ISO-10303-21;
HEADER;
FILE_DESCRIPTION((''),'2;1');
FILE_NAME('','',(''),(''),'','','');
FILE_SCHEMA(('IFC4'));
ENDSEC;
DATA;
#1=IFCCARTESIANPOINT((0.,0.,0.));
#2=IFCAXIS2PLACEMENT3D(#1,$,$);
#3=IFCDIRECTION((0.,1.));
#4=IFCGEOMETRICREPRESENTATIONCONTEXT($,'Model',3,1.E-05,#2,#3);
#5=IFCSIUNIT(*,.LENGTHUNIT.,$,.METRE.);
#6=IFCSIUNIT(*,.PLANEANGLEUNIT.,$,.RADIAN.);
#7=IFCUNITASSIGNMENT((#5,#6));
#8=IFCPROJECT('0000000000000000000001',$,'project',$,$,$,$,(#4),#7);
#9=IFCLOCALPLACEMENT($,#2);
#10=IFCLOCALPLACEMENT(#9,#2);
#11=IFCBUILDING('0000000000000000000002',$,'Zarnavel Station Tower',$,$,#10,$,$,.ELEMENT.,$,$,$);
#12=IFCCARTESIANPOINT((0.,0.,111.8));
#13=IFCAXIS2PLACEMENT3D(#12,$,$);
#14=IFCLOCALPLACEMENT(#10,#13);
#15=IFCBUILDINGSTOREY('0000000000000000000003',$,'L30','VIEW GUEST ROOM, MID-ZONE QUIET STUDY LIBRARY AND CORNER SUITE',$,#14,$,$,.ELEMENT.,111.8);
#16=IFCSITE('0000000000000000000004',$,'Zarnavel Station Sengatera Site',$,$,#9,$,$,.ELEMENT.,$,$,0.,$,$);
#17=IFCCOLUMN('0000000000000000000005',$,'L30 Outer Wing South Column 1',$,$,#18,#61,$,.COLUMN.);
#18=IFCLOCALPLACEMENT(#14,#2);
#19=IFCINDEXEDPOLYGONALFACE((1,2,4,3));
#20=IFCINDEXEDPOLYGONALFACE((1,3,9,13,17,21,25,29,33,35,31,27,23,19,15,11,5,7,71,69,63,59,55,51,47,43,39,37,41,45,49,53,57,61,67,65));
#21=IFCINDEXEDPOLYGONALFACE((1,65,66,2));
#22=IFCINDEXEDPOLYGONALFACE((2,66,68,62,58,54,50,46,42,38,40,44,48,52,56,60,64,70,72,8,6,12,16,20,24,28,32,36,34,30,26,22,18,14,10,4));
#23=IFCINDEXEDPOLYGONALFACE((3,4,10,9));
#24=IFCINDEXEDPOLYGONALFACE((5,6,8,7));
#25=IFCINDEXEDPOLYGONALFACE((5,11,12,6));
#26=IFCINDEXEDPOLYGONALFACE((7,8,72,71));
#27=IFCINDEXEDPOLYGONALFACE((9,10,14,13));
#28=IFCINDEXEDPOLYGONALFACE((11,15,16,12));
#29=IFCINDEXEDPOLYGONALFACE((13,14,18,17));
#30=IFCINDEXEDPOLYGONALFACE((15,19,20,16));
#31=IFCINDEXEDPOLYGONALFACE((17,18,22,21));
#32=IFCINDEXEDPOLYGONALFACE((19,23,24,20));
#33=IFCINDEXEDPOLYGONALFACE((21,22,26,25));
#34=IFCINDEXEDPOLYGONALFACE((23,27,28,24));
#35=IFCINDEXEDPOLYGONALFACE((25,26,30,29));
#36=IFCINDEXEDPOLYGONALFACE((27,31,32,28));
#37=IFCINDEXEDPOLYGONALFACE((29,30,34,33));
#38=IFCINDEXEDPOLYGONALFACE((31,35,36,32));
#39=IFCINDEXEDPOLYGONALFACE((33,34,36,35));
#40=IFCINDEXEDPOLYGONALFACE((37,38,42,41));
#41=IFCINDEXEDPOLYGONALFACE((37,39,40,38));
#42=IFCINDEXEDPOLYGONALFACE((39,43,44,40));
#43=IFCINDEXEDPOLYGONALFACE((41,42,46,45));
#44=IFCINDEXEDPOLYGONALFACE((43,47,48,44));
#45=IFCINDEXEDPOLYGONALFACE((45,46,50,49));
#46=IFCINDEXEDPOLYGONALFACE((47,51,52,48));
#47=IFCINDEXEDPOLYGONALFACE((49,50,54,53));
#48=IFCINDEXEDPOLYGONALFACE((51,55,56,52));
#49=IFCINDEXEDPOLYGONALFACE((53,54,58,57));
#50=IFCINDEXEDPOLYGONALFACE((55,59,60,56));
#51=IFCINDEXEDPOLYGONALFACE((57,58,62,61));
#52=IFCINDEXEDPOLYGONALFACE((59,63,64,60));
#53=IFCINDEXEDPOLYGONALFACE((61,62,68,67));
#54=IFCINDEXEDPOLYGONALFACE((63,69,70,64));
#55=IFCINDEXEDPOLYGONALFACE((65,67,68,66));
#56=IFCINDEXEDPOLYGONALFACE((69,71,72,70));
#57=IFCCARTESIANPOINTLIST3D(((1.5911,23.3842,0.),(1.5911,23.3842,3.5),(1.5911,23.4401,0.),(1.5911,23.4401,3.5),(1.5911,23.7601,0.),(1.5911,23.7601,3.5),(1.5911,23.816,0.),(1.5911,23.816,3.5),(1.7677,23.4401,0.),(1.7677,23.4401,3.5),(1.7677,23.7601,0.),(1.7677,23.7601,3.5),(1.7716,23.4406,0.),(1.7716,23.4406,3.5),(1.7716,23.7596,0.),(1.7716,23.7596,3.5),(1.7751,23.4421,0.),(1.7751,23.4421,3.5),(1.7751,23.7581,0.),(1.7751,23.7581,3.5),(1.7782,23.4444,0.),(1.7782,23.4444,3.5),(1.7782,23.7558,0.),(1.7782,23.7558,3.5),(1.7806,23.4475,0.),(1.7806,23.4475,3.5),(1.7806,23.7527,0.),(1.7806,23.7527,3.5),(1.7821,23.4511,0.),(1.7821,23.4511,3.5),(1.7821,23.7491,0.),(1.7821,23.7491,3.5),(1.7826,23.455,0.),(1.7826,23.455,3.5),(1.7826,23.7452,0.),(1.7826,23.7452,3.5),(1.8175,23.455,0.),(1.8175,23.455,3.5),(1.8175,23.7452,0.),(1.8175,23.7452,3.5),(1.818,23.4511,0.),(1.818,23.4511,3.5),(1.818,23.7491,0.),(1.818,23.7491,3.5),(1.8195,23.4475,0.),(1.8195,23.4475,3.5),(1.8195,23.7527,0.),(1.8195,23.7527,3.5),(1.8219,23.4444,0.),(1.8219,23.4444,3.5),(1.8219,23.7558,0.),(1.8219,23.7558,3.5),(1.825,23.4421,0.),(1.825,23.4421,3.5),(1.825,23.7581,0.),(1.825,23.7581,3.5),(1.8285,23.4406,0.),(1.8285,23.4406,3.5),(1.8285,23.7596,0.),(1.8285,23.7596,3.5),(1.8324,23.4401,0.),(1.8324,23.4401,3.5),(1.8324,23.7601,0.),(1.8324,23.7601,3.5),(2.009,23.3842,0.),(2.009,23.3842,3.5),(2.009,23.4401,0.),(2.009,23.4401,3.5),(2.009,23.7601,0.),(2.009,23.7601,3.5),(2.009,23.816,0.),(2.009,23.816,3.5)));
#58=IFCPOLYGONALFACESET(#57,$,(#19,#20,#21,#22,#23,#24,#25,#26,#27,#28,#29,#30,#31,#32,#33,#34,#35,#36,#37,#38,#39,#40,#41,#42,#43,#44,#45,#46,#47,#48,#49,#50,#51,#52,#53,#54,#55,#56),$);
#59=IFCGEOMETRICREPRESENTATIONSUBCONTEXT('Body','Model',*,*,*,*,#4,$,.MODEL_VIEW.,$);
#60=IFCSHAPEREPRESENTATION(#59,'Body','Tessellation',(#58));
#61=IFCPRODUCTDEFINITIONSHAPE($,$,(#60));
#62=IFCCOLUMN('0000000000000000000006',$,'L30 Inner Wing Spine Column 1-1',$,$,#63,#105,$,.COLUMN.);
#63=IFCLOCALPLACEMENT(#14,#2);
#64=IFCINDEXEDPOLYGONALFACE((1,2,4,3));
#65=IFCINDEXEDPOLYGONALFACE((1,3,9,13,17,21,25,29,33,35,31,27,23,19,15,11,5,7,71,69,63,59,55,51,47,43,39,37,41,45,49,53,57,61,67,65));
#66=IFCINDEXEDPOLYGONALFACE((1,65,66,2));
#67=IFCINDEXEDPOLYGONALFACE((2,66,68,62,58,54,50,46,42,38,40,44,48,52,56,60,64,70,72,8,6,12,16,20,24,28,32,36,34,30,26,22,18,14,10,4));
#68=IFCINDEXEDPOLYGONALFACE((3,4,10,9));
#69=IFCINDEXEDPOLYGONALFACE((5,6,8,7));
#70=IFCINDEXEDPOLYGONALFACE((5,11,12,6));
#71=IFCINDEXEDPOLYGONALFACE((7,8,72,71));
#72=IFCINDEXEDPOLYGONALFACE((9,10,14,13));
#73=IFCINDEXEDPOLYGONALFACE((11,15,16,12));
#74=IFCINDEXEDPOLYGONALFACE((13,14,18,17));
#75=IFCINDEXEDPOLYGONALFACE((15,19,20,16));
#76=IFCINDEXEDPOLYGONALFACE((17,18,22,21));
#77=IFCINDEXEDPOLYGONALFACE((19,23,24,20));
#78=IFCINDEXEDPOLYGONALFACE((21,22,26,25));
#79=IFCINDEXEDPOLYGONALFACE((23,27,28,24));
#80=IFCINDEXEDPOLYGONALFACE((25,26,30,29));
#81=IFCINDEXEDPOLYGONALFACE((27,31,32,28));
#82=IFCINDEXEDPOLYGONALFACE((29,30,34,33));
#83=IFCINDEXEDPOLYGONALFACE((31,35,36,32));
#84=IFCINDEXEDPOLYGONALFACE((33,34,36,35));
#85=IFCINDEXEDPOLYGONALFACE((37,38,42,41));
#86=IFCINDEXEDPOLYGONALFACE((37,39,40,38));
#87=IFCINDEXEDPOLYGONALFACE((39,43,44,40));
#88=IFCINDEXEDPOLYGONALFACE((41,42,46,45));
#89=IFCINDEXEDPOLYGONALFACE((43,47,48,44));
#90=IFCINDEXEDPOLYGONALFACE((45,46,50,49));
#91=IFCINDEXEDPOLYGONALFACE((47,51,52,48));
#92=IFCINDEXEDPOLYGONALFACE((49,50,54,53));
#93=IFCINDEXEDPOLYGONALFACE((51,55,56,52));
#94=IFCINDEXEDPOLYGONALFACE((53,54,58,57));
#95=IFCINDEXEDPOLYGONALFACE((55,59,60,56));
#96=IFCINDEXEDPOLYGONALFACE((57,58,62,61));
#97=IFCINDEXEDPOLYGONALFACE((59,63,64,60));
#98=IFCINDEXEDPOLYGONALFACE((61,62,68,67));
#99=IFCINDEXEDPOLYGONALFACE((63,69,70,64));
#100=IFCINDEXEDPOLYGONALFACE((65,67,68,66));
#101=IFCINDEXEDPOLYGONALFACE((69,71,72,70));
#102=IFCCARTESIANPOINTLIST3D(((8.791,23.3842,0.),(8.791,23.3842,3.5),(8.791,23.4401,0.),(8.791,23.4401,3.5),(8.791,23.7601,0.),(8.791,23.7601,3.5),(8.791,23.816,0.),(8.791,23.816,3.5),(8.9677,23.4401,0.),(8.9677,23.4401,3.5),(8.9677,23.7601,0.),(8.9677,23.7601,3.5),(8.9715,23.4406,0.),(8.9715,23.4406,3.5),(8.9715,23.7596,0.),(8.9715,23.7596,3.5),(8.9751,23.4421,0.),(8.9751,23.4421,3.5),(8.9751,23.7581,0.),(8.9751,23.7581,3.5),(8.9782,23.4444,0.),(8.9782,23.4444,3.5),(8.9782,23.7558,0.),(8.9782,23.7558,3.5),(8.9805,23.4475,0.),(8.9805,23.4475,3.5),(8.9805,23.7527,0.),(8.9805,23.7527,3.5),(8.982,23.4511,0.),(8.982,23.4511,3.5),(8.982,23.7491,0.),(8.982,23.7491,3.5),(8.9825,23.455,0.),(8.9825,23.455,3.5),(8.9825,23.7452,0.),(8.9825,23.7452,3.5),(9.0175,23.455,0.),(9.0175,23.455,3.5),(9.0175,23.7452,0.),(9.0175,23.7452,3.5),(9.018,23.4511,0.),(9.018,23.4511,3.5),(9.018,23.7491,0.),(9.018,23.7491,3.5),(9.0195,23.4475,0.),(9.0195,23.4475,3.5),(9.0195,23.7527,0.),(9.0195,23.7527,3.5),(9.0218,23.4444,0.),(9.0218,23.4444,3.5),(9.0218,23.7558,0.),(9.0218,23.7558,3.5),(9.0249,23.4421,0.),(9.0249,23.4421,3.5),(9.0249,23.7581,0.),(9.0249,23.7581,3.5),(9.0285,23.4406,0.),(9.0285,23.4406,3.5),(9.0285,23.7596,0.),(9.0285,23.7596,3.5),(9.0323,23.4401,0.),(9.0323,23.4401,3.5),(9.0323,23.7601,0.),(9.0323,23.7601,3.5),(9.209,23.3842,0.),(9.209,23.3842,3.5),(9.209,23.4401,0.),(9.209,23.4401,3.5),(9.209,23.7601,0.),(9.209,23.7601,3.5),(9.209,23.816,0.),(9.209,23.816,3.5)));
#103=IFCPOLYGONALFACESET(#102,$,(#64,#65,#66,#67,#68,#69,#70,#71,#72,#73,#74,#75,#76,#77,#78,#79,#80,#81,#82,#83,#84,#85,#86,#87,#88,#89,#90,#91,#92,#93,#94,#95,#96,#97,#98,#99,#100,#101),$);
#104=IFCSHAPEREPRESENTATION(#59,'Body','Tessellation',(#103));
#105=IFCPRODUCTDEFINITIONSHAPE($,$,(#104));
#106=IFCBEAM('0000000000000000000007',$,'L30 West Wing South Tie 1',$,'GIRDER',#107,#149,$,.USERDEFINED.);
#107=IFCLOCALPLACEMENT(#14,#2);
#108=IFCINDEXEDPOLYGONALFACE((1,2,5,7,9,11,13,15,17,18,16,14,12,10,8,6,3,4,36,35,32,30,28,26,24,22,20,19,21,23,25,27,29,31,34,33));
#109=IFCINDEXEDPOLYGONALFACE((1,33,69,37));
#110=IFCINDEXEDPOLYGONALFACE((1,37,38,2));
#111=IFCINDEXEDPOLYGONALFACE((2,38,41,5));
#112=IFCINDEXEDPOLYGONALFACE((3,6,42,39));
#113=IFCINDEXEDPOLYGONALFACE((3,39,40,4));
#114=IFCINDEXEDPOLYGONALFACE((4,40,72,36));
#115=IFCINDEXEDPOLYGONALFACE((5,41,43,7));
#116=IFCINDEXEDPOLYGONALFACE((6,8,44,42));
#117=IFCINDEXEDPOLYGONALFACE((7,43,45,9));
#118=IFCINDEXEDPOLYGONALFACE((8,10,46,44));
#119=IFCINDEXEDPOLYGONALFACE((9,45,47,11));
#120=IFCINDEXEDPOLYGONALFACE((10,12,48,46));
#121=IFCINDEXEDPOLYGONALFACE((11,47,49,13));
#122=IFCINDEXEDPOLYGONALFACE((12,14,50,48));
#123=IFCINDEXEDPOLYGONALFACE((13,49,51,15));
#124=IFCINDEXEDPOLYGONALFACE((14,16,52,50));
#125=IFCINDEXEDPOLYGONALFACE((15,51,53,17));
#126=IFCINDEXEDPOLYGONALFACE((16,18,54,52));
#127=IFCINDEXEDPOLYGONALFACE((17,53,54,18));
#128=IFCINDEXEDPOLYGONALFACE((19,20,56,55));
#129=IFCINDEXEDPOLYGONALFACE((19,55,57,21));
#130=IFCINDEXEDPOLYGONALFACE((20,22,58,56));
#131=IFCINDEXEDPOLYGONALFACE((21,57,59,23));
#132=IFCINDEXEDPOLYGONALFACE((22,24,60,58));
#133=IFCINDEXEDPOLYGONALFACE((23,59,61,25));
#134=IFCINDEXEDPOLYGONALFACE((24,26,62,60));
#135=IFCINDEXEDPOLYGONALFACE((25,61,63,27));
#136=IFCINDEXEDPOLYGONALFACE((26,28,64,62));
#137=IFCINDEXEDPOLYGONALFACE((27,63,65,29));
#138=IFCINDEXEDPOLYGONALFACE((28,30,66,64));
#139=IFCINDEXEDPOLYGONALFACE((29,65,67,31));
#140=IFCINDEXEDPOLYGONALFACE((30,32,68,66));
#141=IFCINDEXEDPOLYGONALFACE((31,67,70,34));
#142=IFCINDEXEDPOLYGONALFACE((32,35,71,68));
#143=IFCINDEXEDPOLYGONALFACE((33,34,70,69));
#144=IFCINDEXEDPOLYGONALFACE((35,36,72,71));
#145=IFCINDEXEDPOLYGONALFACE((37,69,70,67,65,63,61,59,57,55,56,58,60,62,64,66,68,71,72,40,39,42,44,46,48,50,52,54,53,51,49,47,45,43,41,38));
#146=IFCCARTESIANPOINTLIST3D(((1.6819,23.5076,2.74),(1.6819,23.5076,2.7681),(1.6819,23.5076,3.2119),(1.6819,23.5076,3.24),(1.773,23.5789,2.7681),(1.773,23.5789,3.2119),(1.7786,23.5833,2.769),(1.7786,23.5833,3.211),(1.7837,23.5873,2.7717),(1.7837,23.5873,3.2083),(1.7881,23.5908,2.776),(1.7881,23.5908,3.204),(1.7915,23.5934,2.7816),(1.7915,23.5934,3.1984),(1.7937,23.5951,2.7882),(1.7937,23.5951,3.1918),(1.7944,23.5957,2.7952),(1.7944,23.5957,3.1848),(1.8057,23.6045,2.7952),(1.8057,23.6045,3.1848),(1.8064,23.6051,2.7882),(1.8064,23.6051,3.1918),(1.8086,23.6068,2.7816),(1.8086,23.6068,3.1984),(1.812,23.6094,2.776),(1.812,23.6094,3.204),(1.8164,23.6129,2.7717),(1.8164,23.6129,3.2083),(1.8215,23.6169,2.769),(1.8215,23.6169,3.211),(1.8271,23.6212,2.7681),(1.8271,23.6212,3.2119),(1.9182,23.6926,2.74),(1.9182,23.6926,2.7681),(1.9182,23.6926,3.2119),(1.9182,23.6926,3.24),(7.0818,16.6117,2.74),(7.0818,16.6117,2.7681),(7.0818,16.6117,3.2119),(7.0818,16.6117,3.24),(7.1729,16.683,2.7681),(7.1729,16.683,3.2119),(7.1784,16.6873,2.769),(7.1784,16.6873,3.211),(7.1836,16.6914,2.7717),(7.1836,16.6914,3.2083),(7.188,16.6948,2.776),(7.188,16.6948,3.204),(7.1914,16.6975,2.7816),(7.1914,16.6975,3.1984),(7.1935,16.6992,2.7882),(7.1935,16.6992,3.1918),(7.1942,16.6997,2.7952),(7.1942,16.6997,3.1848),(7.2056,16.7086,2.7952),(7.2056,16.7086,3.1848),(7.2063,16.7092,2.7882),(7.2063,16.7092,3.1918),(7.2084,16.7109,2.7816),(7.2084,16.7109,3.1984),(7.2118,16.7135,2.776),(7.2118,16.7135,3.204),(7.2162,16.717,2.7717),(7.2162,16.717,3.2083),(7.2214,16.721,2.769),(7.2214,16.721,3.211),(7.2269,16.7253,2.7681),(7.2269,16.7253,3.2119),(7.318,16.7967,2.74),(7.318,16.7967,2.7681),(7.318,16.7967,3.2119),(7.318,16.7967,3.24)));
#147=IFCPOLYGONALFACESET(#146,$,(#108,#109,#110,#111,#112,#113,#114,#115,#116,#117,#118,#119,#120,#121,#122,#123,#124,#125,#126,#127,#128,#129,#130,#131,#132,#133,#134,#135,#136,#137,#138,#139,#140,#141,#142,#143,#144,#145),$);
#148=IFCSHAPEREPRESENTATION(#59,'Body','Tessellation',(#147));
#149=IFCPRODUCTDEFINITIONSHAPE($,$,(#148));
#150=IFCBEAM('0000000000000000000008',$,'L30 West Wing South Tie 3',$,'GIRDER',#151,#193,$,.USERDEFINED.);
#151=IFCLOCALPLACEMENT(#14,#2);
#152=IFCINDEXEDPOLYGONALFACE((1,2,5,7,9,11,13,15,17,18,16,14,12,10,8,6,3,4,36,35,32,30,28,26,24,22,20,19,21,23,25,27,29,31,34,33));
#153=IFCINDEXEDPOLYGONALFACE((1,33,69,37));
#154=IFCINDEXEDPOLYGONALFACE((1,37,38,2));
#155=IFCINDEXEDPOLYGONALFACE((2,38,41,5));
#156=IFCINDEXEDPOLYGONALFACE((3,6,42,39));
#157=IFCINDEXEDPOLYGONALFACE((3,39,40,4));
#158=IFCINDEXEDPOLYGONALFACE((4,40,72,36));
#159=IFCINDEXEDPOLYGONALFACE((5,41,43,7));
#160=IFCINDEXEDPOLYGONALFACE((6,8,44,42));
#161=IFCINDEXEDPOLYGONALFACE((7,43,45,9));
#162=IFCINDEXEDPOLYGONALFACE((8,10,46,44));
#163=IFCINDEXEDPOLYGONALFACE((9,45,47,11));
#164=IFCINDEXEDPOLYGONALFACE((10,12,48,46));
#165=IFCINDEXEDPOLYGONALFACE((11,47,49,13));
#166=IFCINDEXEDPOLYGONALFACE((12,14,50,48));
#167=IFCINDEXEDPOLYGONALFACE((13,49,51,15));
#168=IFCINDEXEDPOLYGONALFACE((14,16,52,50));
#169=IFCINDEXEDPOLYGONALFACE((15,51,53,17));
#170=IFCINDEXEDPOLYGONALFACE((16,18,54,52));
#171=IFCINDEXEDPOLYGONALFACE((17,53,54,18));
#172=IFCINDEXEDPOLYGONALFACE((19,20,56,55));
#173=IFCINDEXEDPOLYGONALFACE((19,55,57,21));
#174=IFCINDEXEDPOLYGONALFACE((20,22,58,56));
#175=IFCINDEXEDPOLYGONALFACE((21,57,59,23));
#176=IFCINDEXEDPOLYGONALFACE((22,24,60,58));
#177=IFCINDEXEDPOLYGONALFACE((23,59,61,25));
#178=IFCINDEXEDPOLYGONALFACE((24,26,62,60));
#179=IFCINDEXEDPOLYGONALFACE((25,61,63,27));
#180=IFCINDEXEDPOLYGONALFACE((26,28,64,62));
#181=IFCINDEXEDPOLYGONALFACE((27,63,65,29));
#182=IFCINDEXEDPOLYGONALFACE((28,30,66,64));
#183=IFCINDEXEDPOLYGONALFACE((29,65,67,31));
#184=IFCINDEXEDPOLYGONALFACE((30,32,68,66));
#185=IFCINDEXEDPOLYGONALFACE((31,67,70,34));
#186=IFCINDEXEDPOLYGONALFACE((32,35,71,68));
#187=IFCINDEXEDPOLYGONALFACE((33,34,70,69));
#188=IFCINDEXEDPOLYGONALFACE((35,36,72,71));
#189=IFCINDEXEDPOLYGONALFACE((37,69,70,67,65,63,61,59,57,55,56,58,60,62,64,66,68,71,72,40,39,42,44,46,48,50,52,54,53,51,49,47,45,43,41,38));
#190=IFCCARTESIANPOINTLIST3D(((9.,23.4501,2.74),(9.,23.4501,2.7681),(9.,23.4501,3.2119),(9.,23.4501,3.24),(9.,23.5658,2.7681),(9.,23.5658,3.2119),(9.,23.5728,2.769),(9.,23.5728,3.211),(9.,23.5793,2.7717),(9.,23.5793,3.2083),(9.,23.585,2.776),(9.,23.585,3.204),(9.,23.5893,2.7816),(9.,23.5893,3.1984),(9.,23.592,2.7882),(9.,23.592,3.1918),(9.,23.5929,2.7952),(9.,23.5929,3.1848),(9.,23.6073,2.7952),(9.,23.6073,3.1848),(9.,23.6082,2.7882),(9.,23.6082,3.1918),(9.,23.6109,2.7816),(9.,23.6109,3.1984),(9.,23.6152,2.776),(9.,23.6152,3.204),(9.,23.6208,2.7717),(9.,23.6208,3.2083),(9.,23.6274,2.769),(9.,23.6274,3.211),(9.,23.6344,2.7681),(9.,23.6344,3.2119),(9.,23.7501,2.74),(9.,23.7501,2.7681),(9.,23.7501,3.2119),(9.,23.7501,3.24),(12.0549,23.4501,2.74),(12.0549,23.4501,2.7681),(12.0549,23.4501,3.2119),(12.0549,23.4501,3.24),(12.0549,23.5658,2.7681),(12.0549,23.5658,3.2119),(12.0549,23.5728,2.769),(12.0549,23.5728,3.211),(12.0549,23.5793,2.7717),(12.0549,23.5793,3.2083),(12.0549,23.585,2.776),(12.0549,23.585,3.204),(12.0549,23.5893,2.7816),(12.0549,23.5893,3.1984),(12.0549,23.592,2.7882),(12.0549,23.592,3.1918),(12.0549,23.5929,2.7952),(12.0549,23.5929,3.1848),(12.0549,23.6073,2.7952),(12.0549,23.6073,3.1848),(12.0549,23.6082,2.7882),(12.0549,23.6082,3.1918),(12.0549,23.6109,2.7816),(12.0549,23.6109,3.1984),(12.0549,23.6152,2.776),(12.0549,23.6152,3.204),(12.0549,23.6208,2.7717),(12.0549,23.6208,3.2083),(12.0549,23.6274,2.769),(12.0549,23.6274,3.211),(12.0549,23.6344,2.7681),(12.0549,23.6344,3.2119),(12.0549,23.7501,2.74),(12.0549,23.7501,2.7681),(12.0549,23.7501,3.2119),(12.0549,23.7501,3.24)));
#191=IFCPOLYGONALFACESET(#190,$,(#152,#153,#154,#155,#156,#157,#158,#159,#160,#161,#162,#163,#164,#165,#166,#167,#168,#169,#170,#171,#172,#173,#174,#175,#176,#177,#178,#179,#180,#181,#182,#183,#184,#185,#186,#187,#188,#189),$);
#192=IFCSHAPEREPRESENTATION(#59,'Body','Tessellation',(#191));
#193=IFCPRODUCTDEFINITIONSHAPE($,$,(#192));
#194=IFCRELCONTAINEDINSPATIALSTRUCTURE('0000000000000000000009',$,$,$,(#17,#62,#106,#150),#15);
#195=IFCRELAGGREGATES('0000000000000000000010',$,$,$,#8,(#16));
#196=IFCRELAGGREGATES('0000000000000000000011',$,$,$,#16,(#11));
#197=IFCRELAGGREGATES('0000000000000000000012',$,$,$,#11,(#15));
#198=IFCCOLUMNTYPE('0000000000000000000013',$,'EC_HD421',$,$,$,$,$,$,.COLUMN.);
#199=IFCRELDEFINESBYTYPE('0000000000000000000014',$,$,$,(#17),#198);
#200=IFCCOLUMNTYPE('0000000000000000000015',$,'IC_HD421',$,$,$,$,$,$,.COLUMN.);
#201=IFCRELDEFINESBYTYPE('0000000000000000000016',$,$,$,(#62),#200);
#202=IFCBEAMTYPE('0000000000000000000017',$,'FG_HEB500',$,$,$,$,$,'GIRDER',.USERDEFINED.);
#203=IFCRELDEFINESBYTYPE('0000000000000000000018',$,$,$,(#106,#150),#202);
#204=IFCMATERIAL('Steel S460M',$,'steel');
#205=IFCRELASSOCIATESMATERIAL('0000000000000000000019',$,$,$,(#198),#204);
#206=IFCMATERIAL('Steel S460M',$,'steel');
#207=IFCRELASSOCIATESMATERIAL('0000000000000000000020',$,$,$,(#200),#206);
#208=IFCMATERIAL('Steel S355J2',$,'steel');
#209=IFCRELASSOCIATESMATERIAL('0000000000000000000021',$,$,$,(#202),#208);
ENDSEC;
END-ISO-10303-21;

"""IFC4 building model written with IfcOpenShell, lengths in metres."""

from ifc_helpers import new_model, si_unit, direction, frame, origin, origin_2d, place, context, subcontext, project, spatial, i_section, extrude, material, material_profile, profile_set, type_object, element, save


model = new_model("IFC4")

# Units and contexts
model_context = context("Model", 3, precision=1e-05, world=origin(), true_north=direction((0.0, 1.0)))
body_context = subcontext(model_context, "Body", "Model", "MODEL_VIEW")
ifc_project = project(units=[si_unit("LENGTHUNIT", "METRE"), si_unit("PLANEANGLEUNIT", "RADIAN")], contexts=[model_context])

# Site, building, storey
site_placement = place(None, origin())
site = spatial("IfcSite", under=ifc_project, at=site_placement, Name="Zarnavel Station Sengatera Site", CompositionType="ELEMENT", RefElevation=0.0)
building_placement = place(site_placement, origin())
building = spatial("IfcBuilding", under=site, at=building_placement, Name="Zarnavel Station Tower", CompositionType="ELEMENT")
storey_placement = place(building_placement, frame((0.0, 0.0, 111.8)))
storey = spatial("IfcBuildingStorey", under=building, at=storey_placement, Name="L30", Description="VIEW GUEST ROOM, MID-ZONE QUIET STUDY LIBRARY AND CORNER SUITE", CompositionType="ELEMENT", Elevation=111.8)

# Columns
ifc_material_1 = material(Name="Steel S460M", Category="steel")
ifc_material_profile_1 = material_profile(ifc_material_1, i_section(OverallWidth=0.418, OverallDepth=0.4319, WebThickness=0.0349, FlangeThickness=0.0559, FilletRadius=0.0149, at=origin_2d()), Name="HD400x421")
ifc_profile_set_1 = profile_set([ifc_material_profile_1], Name="Steel S460M")
column_type_1 = type_object("IfcColumnType", Name="EC_HD421", PredefinedType="COLUMN", material=ifc_profile_set_1)
column_1_placement = place(storey_placement, frame((1.8, 23.6001, 0.0), z_axis=(0.0, 0.0, 1.0), x_axis=(1.0, 0.0, 0.0)))
element("IfcColumn", 1, at=column_1_placement, inside=storey, type_object=column_type_1, Name="L30 Outer Wing South Column 1", PredefinedType="COLUMN", context=body_context, shape_type="SweptSolid", body=[
    extrude(i_section(OverallWidth=0.418, OverallDepth=0.4319, WebThickness=0.0349, FlangeThickness=0.0559, FilletRadius=0.0149, at=origin_2d()), origin(), (0.0, 0.0, 1.0), 3.5),
])
ifc_material_2 = material(Name="Steel S460M", Category="steel")
ifc_material_profile_2 = material_profile(ifc_material_2, i_section(OverallWidth=0.418, OverallDepth=0.4319, WebThickness=0.0349, FlangeThickness=0.0559, FilletRadius=0.0149, at=origin_2d()), Name="HD400x421")
ifc_profile_set_2 = profile_set([ifc_material_profile_2], Name="Steel S460M")
column_type_2 = type_object("IfcColumnType", Name="IC_HD421", PredefinedType="COLUMN", material=ifc_profile_set_2)
column_2_placement = place(storey_placement, frame((9.0, 23.6001, 0.0), z_axis=(0.0, 0.0, 1.0), x_axis=(1.0, 0.0, 0.0)))
element("IfcColumn", 2, at=column_2_placement, inside=storey, type_object=column_type_2, Name="L30 Inner Wing Spine Column 1-1", PredefinedType="COLUMN", context=body_context, shape_type="SweptSolid", body=[
    extrude(i_section(OverallWidth=0.418, OverallDepth=0.4319, WebThickness=0.0349, FlangeThickness=0.0559, FilletRadius=0.0149, at=origin_2d()), origin(), (0.0, 0.0, 1.0), 3.5),
])

# Beams
ifc_material_3 = material(Name="Steel S355J2", Category="steel")
ifc_material_profile_3 = material_profile(ifc_material_3, i_section(OverallWidth=0.3, OverallDepth=0.5, WebThickness=0.0144, FlangeThickness=0.0281, FilletRadius=0.0271, at=origin_2d()), Name="HEB500")
ifc_profile_set_3 = profile_set([ifc_material_profile_3], Name="Steel S355J2")
beam_type_1 = type_object("IfcBeamType", Name="FG_HEB500", ElementType="GIRDER", PredefinedType="USERDEFINED", material=ifc_profile_set_3)
beam_1_placement = place(storey_placement, frame((1.8, 23.6001, 2.99), z_axis=(0.616523, -0.787337, 0.0), x_axis=(0.787337, 0.616523, 0.0)))
element("IfcBeam", 3, at=beam_1_placement, inside=storey, type_object=beam_type_1, Name="L30 West Wing South Tie 1", ObjectType="GIRDER", PredefinedType="USERDEFINED", context=body_context, shape_type="SweptSolid", body=[
    extrude(i_section(OverallWidth=0.3, OverallDepth=0.5, WebThickness=0.0144, FlangeThickness=0.0281, FilletRadius=0.0271, at=origin_2d()), origin(), (0.0, 0.0, 1.0), 8.7585),
])
beam_2_placement = place(storey_placement, frame((9.0, 23.6001, 2.99), z_axis=(1.0, 0.0, 0.0), x_axis=(0.0, 1.0, 0.0)))
element("IfcBeam", 4, at=beam_2_placement, inside=storey, type_object=beam_type_1, Name="L30 West Wing South Tie 3", ObjectType="GIRDER", PredefinedType="USERDEFINED", context=body_context, shape_type="SweptSolid", body=[
    extrude(i_section(OverallWidth=0.3, OverallDepth=0.5, WebThickness=0.0144, FlangeThickness=0.0281, FilletRadius=0.0271, at=origin_2d()), origin(), (0.0, 0.0, 1.0), 3.0549),
])

save(model, "model.ifc")
